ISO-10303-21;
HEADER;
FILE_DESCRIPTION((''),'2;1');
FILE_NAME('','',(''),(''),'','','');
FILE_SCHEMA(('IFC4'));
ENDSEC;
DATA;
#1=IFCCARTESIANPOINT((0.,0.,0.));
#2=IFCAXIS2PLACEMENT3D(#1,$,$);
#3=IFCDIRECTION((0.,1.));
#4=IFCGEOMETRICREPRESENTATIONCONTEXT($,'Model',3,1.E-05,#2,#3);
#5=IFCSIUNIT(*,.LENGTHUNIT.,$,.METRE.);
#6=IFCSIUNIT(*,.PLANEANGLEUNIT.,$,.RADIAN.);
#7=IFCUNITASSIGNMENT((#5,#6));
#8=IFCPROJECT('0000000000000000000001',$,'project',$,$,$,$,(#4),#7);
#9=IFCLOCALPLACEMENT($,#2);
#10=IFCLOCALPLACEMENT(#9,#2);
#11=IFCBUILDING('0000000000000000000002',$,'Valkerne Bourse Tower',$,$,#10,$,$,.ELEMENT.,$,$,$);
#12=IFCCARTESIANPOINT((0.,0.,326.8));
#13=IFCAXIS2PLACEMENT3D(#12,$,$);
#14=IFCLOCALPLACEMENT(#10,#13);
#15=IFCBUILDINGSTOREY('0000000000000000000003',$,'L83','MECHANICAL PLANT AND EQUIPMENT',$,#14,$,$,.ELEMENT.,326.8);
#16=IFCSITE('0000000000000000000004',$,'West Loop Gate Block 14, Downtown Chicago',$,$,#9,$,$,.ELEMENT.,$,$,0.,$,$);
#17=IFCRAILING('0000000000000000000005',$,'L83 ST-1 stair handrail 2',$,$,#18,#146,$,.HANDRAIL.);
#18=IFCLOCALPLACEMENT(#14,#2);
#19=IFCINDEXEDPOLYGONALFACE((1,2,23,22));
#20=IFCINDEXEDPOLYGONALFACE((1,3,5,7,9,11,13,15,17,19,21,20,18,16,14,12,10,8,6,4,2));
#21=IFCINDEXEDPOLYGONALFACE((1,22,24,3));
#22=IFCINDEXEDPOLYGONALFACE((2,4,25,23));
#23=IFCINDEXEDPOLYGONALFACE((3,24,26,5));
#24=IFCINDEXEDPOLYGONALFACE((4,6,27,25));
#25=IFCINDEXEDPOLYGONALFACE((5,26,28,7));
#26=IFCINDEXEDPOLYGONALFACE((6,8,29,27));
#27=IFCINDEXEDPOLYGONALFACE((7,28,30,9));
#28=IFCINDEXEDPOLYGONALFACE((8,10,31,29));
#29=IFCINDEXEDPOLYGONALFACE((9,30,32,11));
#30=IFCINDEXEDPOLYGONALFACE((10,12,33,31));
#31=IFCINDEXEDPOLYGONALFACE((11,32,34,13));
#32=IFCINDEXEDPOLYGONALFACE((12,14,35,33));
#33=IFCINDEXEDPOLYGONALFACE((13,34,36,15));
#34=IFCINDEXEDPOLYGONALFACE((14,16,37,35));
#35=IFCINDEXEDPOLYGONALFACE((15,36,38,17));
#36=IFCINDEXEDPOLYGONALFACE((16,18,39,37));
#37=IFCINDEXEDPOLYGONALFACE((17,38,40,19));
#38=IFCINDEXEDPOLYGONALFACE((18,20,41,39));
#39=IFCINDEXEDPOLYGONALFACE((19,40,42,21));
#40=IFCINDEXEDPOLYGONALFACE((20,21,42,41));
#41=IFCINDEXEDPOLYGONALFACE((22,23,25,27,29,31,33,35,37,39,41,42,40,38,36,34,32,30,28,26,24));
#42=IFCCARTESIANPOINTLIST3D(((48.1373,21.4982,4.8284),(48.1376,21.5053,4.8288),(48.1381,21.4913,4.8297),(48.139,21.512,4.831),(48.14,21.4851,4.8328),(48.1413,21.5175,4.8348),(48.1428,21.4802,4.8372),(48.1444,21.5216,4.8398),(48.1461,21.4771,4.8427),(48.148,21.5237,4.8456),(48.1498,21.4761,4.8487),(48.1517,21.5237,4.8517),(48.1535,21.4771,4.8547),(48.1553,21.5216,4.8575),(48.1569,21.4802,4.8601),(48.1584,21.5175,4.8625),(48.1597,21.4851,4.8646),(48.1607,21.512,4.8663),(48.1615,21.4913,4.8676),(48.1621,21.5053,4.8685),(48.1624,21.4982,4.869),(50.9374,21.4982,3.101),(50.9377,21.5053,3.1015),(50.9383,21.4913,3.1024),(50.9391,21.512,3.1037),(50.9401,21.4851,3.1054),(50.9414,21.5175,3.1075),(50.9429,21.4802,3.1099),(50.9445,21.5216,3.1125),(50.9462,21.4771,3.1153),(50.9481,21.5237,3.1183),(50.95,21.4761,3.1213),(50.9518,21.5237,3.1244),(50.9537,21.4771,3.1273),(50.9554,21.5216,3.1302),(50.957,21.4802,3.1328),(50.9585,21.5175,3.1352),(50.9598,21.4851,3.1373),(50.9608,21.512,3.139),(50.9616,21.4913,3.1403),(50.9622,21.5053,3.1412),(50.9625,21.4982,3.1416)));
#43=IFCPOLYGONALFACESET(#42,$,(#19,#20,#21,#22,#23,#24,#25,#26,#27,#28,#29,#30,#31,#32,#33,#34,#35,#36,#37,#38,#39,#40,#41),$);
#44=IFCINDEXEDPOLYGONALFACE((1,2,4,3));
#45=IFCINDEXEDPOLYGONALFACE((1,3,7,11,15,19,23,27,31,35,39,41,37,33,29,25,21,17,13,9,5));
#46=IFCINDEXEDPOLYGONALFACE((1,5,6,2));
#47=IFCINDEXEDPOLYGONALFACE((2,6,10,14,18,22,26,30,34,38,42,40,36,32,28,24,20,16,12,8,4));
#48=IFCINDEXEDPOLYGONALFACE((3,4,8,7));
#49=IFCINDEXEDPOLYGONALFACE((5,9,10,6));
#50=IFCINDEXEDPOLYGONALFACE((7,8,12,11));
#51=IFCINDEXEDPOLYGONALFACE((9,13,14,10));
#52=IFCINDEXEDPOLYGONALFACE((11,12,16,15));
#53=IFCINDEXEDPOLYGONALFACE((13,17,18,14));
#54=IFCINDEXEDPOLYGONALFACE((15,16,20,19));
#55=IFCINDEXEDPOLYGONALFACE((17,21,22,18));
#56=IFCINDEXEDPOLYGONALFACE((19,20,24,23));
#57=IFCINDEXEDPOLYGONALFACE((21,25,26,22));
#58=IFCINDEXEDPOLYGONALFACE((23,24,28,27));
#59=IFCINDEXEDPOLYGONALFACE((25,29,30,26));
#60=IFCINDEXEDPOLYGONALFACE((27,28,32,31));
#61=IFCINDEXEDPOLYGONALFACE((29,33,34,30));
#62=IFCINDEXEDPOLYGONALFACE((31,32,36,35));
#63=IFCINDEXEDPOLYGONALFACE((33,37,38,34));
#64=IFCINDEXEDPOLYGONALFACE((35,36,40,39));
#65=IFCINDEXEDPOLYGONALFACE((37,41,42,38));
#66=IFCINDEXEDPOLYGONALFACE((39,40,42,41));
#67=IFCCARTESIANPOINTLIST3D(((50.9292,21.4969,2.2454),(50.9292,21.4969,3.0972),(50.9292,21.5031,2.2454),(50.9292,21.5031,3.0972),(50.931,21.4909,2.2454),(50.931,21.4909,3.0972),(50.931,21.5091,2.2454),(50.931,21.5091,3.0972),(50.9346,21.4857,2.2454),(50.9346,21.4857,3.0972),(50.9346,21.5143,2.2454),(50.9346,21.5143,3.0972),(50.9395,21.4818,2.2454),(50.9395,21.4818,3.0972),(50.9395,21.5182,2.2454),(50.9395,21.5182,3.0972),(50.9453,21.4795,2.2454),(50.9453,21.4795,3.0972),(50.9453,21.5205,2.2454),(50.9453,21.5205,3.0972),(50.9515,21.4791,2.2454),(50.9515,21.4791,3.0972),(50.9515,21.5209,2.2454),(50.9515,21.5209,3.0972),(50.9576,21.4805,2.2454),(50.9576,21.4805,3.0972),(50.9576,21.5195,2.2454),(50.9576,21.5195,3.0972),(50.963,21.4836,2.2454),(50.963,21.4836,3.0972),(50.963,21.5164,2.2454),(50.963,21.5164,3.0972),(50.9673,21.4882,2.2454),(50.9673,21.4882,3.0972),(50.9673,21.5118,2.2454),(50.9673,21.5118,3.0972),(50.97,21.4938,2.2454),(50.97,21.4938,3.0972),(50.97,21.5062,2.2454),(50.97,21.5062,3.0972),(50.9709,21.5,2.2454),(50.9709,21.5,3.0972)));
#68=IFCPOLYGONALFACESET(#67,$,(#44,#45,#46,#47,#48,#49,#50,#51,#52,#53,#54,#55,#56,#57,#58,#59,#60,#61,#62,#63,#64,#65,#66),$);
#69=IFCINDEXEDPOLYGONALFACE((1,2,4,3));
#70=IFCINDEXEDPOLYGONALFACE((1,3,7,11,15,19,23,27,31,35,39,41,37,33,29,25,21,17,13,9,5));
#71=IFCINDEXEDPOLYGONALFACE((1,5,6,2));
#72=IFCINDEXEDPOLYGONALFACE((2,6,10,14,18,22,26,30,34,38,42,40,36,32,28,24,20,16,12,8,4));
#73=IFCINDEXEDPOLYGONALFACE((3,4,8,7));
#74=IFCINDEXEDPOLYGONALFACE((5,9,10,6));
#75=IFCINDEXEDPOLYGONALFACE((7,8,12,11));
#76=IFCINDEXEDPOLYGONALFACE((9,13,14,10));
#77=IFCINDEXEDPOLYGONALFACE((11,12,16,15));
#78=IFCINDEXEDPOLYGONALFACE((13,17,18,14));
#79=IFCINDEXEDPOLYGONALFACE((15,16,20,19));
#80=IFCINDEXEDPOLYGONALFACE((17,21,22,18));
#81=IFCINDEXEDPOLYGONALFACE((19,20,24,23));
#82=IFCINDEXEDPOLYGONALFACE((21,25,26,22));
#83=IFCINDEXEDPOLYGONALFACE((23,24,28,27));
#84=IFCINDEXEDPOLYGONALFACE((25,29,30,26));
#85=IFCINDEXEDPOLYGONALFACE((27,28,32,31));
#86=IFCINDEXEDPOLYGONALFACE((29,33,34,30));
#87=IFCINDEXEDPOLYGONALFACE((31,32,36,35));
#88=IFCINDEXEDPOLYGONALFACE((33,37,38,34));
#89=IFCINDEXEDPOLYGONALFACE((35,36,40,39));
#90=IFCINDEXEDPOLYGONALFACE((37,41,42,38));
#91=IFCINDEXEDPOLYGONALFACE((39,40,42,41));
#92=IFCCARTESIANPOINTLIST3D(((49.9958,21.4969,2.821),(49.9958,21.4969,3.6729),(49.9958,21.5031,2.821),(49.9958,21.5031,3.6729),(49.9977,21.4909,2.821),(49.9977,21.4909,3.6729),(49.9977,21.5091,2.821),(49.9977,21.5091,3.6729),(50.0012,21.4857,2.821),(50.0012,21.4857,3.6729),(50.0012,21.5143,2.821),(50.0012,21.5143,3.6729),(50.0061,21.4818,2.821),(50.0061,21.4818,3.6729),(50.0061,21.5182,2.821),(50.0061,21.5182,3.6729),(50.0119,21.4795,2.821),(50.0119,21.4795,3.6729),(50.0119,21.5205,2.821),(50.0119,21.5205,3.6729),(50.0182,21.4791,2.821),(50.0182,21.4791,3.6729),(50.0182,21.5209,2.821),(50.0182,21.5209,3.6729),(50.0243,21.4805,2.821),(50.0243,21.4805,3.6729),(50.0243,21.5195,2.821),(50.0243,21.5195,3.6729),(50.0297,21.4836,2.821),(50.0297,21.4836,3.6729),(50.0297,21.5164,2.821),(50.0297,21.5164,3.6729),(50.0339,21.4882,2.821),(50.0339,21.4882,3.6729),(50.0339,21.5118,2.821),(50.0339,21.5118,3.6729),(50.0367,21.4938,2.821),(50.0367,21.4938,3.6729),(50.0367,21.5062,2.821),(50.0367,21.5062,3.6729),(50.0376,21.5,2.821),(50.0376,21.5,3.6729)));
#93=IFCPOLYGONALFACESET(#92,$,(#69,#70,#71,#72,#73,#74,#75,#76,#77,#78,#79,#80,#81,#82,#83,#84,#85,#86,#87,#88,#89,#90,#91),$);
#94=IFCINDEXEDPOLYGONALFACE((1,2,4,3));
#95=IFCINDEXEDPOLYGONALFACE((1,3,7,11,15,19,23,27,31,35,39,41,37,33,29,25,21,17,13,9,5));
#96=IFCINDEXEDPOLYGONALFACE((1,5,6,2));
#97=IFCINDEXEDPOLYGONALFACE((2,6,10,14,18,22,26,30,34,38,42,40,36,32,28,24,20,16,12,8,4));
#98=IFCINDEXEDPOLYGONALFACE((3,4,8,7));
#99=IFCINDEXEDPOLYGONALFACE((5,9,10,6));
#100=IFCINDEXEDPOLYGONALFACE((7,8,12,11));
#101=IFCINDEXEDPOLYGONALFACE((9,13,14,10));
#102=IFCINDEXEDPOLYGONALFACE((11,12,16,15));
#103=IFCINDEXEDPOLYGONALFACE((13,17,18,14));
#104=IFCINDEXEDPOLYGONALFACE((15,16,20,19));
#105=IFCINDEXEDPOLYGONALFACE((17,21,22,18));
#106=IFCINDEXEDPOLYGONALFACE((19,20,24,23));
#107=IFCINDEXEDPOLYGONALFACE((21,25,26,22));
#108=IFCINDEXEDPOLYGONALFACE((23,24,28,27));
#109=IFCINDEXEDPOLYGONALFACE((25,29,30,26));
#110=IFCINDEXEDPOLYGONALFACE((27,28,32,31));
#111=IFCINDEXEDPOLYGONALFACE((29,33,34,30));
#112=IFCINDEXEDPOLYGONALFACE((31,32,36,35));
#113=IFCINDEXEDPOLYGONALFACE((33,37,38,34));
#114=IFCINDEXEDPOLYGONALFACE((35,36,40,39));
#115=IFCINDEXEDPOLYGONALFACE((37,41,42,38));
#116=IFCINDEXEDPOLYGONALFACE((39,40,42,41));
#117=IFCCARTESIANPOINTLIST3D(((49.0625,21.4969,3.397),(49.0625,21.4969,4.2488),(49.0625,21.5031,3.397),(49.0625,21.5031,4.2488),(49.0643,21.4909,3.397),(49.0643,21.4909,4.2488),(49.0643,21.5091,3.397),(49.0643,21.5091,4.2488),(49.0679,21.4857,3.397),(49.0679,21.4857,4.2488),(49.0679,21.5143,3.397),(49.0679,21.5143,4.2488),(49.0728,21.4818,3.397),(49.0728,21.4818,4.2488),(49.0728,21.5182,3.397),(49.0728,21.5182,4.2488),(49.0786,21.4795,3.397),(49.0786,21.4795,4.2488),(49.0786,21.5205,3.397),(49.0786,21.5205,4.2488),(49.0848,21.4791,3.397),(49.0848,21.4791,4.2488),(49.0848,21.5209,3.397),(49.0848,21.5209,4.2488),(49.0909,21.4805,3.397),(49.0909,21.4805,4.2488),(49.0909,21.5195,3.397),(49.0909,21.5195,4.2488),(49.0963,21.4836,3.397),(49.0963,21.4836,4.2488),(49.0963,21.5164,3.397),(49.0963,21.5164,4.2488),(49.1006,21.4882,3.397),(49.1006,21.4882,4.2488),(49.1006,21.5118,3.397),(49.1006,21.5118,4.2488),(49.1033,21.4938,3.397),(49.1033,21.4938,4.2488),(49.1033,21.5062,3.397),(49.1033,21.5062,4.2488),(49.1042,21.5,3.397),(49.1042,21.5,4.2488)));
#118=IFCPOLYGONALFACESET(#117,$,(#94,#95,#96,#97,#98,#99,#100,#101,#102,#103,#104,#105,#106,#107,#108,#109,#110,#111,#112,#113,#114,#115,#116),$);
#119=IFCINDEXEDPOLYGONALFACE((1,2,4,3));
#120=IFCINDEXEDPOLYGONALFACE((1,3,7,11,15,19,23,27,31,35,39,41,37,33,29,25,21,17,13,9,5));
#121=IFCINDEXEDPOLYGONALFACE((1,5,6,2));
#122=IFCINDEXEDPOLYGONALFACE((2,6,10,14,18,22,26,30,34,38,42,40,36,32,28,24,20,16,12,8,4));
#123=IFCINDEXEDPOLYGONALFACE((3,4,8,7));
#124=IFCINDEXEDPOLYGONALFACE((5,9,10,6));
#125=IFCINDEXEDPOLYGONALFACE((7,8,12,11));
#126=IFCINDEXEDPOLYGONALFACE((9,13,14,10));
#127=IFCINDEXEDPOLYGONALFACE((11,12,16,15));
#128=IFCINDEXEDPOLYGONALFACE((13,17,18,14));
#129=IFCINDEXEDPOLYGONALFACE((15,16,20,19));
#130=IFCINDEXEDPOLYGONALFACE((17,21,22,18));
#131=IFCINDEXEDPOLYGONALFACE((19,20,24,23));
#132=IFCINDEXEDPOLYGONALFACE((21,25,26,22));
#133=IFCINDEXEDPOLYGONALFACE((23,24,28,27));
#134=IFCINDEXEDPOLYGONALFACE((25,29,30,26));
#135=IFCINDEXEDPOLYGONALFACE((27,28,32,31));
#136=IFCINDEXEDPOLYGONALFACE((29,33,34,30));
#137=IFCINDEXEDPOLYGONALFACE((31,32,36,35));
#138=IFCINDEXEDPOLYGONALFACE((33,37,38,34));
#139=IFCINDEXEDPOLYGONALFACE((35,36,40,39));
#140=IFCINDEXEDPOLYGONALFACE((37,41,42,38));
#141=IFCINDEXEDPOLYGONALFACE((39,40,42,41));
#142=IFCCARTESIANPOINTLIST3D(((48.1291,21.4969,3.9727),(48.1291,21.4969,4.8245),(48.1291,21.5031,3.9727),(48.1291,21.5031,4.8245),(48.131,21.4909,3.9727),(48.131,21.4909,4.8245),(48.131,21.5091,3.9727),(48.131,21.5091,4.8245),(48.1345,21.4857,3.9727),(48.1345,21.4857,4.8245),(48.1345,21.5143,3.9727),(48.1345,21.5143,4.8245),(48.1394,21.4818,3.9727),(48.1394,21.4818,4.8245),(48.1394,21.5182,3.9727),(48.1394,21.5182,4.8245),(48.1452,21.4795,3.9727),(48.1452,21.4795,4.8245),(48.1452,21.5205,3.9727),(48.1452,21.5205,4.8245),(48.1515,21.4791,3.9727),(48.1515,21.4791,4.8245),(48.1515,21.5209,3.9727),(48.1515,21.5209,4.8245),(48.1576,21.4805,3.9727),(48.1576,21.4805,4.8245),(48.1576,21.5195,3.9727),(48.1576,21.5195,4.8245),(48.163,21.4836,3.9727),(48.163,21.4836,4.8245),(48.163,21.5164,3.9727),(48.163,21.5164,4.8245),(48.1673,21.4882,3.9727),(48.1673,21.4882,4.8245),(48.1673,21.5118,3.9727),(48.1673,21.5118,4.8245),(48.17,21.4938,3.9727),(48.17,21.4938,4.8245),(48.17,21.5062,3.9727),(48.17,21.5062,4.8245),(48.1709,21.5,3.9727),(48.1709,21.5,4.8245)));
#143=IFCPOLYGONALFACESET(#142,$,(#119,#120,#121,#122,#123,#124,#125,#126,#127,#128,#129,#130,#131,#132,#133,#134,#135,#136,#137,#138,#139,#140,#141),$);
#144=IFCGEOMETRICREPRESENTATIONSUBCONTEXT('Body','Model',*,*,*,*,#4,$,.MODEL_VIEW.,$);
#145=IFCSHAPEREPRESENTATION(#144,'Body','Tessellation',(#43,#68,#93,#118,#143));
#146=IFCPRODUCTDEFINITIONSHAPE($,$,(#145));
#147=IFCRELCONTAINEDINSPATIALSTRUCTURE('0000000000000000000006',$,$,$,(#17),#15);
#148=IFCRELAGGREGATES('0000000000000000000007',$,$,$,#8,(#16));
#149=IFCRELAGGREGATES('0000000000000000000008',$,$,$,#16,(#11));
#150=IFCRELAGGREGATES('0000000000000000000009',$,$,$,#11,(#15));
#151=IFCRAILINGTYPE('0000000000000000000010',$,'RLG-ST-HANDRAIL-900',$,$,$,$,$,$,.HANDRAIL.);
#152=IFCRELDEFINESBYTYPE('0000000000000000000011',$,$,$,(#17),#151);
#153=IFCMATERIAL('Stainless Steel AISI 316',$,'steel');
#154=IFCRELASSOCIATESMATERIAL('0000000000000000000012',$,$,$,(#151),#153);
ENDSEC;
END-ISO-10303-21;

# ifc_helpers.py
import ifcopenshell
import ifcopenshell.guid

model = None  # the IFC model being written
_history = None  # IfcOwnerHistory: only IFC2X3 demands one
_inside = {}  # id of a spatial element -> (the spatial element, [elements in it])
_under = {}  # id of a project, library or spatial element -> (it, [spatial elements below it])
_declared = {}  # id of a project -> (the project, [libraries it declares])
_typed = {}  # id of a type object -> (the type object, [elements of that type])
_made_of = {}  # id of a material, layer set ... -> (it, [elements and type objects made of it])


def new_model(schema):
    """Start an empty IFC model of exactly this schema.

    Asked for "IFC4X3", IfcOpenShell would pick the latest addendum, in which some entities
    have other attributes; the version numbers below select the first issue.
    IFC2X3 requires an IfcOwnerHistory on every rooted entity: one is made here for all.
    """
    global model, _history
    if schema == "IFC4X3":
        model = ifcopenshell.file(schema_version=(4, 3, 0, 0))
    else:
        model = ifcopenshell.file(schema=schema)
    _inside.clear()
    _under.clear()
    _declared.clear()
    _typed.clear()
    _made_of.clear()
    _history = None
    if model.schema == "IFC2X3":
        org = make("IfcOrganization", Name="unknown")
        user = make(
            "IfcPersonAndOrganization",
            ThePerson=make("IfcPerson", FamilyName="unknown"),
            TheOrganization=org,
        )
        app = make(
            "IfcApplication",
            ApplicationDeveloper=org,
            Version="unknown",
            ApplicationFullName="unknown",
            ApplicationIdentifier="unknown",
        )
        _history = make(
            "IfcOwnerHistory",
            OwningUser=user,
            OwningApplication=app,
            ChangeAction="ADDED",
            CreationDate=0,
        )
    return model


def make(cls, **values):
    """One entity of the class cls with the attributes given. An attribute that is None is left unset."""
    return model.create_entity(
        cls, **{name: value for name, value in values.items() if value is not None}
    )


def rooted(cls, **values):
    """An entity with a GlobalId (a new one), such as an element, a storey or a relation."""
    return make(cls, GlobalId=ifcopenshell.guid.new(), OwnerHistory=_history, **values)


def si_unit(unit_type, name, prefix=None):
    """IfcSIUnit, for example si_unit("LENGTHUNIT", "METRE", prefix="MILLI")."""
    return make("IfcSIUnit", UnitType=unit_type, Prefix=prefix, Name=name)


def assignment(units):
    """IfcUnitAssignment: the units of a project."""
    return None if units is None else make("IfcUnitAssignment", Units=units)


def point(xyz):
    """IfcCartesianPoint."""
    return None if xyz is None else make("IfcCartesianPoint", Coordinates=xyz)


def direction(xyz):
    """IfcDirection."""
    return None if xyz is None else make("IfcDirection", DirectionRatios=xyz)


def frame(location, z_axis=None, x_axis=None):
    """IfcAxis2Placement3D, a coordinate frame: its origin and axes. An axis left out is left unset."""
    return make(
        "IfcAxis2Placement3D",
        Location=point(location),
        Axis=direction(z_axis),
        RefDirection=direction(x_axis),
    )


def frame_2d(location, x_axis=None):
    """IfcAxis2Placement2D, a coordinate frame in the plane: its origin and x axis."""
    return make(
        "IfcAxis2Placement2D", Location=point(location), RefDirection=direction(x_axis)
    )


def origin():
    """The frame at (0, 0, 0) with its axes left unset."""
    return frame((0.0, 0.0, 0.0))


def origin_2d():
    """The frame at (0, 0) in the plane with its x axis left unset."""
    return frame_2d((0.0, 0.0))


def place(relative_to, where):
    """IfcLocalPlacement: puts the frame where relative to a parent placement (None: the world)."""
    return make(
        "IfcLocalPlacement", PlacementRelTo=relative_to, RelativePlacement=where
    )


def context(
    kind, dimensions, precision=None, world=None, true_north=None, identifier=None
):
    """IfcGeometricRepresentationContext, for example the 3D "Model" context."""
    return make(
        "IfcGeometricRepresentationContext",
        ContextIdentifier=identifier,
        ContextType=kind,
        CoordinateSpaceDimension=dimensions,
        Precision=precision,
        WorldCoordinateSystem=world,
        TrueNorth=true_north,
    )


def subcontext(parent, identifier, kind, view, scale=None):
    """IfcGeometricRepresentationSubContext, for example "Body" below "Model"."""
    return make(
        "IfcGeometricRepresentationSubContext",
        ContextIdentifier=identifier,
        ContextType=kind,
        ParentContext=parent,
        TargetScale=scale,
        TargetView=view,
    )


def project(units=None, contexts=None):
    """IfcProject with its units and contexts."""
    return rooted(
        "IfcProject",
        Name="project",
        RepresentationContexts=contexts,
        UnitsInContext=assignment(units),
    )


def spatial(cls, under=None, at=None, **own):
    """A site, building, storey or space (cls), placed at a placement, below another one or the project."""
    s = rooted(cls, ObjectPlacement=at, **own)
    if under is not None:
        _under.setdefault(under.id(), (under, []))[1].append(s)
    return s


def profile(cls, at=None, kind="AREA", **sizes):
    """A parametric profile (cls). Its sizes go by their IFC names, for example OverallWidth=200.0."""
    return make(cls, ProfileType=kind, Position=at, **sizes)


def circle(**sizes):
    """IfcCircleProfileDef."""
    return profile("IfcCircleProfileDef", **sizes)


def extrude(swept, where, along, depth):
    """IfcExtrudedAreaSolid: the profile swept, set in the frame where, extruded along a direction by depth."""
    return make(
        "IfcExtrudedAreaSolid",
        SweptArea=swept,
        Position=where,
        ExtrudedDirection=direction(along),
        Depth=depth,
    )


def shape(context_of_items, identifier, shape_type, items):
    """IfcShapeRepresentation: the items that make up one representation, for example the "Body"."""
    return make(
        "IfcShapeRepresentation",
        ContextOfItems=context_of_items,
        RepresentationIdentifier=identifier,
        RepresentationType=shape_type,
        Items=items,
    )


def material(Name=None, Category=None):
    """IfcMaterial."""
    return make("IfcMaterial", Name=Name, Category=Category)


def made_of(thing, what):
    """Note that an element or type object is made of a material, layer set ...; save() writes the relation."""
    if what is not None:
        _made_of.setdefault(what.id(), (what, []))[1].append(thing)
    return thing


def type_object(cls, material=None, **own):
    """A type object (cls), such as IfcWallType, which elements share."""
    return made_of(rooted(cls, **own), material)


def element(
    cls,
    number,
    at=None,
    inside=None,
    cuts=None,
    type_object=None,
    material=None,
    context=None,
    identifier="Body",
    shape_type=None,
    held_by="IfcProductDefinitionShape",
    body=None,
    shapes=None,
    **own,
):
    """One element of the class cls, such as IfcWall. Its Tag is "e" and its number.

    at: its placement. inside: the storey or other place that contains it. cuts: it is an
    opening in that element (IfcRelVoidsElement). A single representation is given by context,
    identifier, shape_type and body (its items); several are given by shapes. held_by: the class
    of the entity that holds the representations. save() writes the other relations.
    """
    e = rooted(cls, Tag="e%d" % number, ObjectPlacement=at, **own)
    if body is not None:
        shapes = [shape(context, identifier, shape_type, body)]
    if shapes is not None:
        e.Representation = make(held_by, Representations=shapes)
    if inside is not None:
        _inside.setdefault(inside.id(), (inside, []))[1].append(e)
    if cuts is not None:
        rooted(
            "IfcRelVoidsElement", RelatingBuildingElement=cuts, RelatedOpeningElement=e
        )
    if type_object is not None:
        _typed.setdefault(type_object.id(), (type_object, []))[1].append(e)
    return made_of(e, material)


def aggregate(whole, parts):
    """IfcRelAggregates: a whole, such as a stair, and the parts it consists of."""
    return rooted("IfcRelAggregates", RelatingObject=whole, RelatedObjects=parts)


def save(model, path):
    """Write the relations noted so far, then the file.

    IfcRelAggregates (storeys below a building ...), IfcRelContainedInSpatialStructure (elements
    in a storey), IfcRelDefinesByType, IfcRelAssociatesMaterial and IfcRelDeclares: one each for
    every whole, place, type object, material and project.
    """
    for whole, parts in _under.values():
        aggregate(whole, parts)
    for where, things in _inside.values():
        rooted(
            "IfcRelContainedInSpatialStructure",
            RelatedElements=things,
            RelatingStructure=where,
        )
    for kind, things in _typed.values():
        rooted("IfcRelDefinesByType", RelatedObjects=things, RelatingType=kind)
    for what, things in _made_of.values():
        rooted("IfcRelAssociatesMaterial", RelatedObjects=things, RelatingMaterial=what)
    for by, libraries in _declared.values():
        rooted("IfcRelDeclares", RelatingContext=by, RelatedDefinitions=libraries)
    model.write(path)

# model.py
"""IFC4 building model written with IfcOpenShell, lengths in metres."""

from ifc_helpers import new_model, si_unit, direction, frame, origin, origin_2d, place, context, subcontext, project, spatial, circle, extrude, material, type_object, element, save


model = new_model("IFC4")

# Units and contexts
model_context = context("Model", 3, precision=1e-05, world=origin(), true_north=direction((0.0, 1.0)))
body_context = subcontext(model_context, "Body", "Model", "MODEL_VIEW")
ifc_project = project(units=[si_unit("LENGTHUNIT", "METRE"), si_unit("PLANEANGLEUNIT", "RADIAN")], contexts=[model_context])

# Site, building, storey
site_placement = place(None, origin())
site = spatial("IfcSite", under=ifc_project, at=site_placement, Name="West Loop Gate Block 14, Downtown Chicago", CompositionType="ELEMENT", RefElevation=0.0)
building_placement = place(site_placement, origin())
building = spatial("IfcBuilding", under=site, at=building_placement, Name="Valkerne Bourse Tower", CompositionType="ELEMENT")
storey_placement = place(building_placement, frame((0.0, 0.0, 326.8)))
storey = spatial("IfcBuildingStorey", under=building, at=storey_placement, Name="L83", Description="MECHANICAL PLANT AND EQUIPMENT", CompositionType="ELEMENT", Elevation=326.8)

# Shared definitions
ifc_material_1 = material(Name="Stainless Steel AISI 316", Category="steel")

# Railing
railing_type_1 = type_object("IfcRailingType", Name="RLG-ST-HANDRAIL-900", PredefinedType="HANDRAIL", material=ifc_material_1)
railing_1_placement = place(storey_placement, frame((50.95, 21.5, 2.2454)))
element("IfcRailing", 1, at=railing_1_placement, inside=storey, type_object=railing_type_1, Name="L83 ST-1 stair handrail 2", PredefinedType="HANDRAIL", context=body_context, shape_type="SweptSolid", body=[
    extrude(circle(Radius=0.0239, at=origin_2d()), frame((0.0, 0.0, 0.876), z_axis=(-0.85109, 0.0, 0.52502), x_axis=(0.0, -1.0, 0.0)), (0.0, 0.0, 1.0), 3.29),
    extrude(circle(Radius=0.021, at=origin_2d()), origin(), (0.0, 0.0, 1.0), 0.8518),
    extrude(circle(Radius=0.021, at=origin_2d()), frame((-0.9333, 0.0, 0.5757)), (0.0, 0.0, 1.0), 0.8518),
    extrude(circle(Radius=0.021, at=origin_2d()), frame((-1.8667, 0.0, 1.1516)), (0.0, 0.0, 1.0), 0.8518),
    extrude(circle(Radius=0.021, at=origin_2d()), frame((-2.8, 0.0, 1.7273)), (0.0, 0.0, 1.0), 0.8518),
])

save(model, "model.ifc")
